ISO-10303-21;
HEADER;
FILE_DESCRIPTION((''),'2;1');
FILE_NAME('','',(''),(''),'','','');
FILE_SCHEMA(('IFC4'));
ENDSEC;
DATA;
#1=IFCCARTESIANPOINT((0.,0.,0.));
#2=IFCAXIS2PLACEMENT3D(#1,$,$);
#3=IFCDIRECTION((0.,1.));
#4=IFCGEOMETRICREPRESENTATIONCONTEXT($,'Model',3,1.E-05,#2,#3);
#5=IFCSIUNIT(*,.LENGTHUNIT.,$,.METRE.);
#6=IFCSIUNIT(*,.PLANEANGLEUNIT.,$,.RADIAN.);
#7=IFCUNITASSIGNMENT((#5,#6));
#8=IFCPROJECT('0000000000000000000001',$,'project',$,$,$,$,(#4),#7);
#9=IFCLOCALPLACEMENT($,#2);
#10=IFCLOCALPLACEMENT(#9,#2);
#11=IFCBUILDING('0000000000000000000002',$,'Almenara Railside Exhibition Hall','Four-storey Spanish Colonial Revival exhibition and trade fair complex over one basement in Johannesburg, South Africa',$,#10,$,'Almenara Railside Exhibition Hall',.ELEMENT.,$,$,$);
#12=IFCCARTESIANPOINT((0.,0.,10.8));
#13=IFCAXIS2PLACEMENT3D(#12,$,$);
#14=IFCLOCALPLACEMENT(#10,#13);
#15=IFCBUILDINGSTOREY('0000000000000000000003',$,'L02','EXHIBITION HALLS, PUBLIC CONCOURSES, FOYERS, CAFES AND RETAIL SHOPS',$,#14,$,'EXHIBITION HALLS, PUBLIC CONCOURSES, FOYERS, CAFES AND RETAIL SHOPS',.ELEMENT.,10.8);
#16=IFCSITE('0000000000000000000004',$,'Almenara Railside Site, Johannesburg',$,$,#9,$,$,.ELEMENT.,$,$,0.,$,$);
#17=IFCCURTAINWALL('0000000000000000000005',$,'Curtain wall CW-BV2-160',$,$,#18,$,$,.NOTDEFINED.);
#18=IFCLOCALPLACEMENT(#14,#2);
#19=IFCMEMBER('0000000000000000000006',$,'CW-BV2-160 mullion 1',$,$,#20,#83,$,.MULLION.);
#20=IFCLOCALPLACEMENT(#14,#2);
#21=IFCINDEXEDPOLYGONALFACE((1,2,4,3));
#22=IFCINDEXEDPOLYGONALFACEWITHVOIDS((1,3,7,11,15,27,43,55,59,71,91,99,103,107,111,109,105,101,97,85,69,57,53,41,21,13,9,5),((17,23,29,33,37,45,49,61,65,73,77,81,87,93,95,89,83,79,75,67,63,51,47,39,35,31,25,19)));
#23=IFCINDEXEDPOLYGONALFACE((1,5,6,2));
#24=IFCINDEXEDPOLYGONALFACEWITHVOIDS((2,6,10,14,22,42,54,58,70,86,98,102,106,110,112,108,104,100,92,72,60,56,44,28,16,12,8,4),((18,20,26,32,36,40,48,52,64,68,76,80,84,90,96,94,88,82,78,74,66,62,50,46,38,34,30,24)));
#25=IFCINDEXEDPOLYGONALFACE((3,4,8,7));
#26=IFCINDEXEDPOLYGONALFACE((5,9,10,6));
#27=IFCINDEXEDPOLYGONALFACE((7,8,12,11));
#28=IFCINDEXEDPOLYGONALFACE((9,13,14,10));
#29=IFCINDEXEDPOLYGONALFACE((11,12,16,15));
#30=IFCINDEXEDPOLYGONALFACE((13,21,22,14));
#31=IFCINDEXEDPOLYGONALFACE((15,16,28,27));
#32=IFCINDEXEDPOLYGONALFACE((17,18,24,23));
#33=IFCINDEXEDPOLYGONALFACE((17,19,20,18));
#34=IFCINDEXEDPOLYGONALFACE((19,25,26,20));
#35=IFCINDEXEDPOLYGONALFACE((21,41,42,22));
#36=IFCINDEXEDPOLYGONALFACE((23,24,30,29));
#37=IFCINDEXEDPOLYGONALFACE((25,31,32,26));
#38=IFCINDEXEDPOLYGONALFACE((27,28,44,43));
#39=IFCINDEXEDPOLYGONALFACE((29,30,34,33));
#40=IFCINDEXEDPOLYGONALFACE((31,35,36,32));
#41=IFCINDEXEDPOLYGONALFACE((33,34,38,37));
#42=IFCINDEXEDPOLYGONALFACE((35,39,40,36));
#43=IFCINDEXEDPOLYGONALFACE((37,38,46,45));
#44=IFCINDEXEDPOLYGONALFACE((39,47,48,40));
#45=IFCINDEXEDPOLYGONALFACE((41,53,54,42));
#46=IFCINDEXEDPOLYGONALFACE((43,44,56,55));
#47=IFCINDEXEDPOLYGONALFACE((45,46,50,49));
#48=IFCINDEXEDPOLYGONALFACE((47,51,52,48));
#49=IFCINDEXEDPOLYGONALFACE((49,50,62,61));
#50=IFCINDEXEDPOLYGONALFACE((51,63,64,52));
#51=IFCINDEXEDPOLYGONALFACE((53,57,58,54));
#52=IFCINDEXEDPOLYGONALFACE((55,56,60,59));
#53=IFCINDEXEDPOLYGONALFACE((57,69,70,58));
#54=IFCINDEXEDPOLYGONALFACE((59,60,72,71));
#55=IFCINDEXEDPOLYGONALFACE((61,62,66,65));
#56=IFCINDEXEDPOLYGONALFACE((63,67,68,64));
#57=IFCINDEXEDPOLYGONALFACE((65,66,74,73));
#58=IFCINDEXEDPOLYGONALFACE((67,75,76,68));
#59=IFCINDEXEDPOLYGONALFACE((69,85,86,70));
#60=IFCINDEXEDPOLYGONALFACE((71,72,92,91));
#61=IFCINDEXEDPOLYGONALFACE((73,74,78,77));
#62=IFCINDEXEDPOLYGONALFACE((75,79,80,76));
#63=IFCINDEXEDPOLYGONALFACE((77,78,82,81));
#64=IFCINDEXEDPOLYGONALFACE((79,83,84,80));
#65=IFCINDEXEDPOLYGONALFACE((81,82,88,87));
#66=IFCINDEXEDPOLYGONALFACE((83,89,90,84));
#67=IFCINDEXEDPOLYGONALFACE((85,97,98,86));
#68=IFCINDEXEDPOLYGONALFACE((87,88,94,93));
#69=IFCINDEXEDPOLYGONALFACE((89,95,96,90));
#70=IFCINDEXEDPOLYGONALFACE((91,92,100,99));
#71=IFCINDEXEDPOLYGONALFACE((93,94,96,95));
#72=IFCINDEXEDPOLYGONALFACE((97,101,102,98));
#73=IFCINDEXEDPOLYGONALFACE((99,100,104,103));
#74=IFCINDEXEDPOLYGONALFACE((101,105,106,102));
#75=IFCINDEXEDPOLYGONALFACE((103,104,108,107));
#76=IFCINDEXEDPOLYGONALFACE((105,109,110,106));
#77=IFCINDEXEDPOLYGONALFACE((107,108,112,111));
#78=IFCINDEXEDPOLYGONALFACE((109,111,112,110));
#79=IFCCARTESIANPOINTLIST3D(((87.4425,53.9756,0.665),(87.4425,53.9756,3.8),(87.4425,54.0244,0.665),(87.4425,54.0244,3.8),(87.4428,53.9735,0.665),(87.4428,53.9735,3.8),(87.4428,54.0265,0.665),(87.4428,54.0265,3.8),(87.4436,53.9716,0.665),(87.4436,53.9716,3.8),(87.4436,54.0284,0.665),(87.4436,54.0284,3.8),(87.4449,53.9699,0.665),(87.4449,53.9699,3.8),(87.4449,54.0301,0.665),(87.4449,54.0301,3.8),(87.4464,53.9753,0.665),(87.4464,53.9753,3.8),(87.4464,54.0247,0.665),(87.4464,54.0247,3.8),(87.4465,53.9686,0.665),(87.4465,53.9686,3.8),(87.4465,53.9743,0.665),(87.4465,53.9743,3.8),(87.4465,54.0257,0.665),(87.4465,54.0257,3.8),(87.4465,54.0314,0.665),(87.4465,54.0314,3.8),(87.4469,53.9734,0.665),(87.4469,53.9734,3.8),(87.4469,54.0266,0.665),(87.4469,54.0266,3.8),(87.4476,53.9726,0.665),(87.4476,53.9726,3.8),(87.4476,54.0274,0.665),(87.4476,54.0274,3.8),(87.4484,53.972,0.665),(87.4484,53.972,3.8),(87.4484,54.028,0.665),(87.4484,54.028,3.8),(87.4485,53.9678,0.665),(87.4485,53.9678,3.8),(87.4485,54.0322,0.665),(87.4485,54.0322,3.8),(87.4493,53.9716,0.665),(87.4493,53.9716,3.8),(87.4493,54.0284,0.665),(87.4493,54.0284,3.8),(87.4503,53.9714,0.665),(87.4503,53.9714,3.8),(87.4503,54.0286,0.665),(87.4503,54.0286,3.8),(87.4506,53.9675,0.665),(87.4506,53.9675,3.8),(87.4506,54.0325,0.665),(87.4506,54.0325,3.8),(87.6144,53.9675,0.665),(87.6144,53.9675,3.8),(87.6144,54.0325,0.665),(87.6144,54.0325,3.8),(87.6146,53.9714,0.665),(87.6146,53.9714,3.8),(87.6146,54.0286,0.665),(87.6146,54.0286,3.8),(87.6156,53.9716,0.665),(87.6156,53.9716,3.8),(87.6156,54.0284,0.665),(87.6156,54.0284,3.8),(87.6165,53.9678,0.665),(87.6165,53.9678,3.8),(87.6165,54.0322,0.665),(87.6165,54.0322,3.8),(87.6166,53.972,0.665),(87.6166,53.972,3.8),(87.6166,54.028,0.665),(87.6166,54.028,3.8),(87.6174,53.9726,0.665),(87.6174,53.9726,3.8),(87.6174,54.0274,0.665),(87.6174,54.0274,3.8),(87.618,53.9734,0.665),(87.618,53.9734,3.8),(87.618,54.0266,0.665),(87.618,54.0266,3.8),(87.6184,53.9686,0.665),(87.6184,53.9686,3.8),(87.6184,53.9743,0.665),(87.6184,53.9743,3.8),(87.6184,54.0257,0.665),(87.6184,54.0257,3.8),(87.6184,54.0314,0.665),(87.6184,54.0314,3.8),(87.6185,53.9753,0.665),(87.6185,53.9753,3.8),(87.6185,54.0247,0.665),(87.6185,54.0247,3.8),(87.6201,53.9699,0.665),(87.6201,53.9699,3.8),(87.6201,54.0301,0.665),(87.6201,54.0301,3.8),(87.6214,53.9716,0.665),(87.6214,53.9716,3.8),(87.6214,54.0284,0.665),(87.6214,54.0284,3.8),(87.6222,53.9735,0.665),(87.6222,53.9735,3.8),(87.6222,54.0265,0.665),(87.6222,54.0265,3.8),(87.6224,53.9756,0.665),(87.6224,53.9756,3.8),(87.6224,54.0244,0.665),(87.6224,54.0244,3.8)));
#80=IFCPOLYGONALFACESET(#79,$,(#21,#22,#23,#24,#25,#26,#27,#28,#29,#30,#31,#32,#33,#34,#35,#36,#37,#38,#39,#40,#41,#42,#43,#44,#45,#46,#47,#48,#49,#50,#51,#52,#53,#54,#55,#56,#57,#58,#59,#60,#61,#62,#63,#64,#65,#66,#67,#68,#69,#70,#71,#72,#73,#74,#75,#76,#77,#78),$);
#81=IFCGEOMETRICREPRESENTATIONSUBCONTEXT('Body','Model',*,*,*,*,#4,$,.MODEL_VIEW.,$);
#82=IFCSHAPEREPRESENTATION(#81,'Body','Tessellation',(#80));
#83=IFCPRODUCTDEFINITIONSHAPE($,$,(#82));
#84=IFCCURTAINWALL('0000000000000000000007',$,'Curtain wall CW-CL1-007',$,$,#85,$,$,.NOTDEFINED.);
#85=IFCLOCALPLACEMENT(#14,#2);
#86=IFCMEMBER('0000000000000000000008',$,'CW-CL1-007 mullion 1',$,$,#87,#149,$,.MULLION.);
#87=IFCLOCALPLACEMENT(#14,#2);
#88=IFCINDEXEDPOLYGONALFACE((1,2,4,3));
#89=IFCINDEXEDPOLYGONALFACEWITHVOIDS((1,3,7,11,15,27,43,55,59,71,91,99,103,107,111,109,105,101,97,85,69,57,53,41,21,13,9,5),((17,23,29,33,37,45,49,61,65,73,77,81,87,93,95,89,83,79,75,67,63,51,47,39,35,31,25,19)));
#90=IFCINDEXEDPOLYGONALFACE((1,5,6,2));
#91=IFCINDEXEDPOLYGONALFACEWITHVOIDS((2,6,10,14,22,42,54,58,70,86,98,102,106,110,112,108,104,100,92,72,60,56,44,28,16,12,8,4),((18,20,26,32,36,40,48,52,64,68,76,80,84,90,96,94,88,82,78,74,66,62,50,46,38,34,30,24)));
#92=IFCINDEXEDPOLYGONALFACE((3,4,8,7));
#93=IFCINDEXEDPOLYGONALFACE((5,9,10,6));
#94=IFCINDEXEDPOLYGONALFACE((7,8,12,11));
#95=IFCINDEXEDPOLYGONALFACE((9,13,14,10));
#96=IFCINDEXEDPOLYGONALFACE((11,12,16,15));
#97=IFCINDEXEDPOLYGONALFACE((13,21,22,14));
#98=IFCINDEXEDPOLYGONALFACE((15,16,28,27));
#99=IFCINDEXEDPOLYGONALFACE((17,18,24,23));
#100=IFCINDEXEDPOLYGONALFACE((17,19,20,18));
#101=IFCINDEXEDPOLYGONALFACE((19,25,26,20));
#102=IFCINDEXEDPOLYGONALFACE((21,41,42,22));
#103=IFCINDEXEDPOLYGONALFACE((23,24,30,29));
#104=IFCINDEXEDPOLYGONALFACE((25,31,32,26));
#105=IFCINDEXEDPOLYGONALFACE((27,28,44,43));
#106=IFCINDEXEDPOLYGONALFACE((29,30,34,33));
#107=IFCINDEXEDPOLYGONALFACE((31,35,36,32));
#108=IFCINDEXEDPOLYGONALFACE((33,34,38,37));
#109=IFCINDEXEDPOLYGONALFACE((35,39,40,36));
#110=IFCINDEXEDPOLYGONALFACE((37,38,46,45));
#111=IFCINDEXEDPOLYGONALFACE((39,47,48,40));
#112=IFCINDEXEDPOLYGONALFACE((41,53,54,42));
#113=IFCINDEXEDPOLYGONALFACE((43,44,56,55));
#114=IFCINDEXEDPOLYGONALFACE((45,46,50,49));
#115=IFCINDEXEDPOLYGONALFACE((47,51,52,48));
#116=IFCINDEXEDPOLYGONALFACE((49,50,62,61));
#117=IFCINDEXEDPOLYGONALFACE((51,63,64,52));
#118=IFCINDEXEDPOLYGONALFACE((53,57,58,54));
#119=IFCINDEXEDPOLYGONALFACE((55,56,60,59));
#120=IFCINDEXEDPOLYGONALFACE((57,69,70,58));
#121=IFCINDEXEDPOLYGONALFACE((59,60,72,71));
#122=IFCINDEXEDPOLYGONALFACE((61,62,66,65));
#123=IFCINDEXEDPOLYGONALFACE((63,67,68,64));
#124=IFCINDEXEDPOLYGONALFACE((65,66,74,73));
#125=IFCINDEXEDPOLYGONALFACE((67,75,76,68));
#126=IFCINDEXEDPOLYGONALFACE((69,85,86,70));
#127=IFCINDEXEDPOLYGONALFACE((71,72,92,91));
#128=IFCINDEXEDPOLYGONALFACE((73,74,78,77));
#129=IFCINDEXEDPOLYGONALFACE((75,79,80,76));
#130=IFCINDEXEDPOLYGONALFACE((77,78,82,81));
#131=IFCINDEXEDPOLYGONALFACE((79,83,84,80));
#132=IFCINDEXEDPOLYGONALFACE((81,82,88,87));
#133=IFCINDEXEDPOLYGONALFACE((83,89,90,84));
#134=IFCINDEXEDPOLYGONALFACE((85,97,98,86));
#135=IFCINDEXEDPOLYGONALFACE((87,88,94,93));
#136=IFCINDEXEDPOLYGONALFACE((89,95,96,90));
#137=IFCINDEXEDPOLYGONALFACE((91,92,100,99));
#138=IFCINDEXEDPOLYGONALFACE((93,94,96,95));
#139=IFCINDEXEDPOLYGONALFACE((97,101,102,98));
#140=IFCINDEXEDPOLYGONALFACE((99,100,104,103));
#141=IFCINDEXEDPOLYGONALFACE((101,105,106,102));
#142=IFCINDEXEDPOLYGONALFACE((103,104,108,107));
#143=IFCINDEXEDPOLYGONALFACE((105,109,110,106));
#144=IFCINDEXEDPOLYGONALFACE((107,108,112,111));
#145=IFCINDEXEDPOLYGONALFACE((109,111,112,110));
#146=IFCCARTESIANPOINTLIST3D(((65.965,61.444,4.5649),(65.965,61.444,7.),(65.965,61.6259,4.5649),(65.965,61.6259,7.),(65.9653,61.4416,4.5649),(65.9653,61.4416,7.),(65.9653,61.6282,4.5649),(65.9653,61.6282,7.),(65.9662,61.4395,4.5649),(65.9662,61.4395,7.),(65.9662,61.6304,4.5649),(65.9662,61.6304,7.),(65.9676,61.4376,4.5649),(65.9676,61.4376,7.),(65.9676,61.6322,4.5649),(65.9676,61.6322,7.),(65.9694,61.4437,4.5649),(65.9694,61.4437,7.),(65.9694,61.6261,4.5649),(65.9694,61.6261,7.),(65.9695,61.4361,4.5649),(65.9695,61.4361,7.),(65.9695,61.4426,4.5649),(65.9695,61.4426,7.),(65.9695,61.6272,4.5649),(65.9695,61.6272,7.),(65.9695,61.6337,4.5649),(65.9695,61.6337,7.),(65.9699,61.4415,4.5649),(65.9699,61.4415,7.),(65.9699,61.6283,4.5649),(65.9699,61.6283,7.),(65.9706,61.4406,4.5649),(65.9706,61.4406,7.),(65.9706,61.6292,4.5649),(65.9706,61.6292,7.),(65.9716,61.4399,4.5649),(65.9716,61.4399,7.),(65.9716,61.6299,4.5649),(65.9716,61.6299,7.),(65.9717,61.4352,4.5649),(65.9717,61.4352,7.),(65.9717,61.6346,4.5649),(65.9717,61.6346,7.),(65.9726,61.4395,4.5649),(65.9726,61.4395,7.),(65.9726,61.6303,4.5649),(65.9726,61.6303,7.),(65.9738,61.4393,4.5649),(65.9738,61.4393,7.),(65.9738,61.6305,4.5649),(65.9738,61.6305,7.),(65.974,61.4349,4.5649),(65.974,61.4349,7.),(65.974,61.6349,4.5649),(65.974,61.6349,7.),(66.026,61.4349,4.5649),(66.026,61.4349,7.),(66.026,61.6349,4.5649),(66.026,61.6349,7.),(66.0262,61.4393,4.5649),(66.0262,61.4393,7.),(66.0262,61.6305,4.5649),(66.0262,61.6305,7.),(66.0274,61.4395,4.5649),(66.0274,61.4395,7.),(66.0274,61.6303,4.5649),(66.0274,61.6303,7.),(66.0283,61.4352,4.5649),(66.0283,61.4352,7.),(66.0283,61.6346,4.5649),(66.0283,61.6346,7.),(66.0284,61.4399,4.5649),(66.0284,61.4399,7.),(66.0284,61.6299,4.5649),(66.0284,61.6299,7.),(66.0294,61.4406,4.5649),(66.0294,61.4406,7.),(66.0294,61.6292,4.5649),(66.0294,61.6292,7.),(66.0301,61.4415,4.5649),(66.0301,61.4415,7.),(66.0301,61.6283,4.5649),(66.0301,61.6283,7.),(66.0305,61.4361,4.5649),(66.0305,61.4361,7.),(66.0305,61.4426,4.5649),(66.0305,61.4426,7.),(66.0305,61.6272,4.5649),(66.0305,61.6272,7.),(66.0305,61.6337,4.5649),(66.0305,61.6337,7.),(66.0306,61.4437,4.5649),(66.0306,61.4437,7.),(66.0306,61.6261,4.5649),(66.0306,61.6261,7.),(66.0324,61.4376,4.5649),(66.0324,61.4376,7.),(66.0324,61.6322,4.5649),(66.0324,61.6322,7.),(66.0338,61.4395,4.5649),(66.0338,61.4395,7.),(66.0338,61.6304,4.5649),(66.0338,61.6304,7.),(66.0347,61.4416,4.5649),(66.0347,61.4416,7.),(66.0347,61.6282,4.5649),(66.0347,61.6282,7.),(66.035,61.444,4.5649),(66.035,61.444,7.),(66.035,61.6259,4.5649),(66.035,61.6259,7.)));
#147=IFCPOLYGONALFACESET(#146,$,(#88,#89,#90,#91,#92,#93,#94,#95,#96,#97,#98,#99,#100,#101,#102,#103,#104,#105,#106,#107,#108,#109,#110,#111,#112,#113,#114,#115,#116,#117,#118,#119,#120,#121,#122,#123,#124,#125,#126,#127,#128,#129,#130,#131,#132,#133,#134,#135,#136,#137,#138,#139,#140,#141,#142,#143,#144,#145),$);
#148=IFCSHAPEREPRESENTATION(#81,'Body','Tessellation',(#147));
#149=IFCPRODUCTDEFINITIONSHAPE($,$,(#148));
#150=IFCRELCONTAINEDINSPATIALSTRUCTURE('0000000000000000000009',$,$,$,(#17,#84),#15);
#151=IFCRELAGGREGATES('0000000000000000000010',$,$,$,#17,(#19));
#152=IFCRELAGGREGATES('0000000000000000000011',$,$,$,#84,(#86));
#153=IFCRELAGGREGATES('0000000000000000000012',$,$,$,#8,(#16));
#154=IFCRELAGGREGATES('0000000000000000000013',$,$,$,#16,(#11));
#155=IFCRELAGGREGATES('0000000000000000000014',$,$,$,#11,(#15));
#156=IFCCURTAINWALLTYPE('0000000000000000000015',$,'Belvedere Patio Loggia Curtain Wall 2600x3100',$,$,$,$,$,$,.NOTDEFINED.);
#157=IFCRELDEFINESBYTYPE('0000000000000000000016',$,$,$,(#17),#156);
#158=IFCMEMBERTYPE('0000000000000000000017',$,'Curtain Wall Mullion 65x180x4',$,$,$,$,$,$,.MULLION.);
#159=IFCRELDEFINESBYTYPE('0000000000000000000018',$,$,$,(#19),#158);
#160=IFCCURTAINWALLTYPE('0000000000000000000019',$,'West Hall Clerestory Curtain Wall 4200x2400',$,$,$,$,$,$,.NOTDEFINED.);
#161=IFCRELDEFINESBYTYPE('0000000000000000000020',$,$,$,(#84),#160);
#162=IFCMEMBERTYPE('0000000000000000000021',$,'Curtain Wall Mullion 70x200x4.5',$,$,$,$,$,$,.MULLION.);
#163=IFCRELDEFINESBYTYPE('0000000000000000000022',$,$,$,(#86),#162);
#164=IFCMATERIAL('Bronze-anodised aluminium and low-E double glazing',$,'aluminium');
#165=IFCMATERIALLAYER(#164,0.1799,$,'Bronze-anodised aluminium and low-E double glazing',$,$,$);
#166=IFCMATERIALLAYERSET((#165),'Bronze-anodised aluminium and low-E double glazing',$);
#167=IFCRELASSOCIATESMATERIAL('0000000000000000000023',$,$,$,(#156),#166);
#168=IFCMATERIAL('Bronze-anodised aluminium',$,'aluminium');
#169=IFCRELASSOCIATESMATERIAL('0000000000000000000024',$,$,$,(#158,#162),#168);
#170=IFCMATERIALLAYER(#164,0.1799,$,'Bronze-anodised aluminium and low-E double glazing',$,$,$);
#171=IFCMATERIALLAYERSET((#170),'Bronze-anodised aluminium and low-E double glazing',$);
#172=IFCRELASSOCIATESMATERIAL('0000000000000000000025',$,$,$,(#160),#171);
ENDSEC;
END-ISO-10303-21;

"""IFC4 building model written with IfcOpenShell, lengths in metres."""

from ifc_helpers import new_model, si_unit, direction, frame, origin, origin_2d, place, context, subcontext, project, spatial, hollow_rectangle, extrude, material, layer, layer_set, material_profile, profile_set, type_object, element, aggregate, save


model = new_model("IFC4")

# Units and contexts
model_context = context("Model", 3, precision=1e-05, world=origin(), true_north=direction((0.0, 1.0)))
body_context = subcontext(model_context, "Body", "Model", "MODEL_VIEW")
ifc_project = project(units=[si_unit("LENGTHUNIT", "METRE"), si_unit("PLANEANGLEUNIT", "RADIAN")], contexts=[model_context])

# Site, building, storey
site_placement = place(None, origin())
site = spatial("IfcSite", under=ifc_project, at=site_placement, Name="Almenara Railside Site, Johannesburg", CompositionType="ELEMENT", RefElevation=0.0)
building_placement = place(site_placement, origin())
building = spatial("IfcBuilding", under=site, at=building_placement, Name="Almenara Railside Exhibition Hall", Description="Four-storey Spanish Colonial Revival exhibition and trade fair complex over one basement in Johannesburg, South Africa", LongName="Almenara Railside Exhibition Hall", CompositionType="ELEMENT")
storey_placement = place(building_placement, frame((0.0, 0.0, 10.8)))
storey = spatial("IfcBuildingStorey", under=building, at=storey_placement, Name="L02", Description="EXHIBITION HALLS, PUBLIC CONCOURSES, FOYERS, CAFES AND RETAIL SHOPS", LongName="EXHIBITION HALLS, PUBLIC CONCOURSES, FOYERS, CAFES AND RETAIL SHOPS", CompositionType="ELEMENT", Elevation=10.8)

# Curtain wall, member
ifc_material_1 = material(Name="Bronze-anodised aluminium and low-E double glazing", Category="aluminium")
ifc_layer_1 = layer(ifc_material_1, 0.1799, Name="Bronze-anodised aluminium and low-E double glazing")
ifc_layer_set_1 = layer_set([ifc_layer_1], Name="Bronze-anodised aluminium and low-E double glazing")
curtain_wall_type_1 = type_object("IfcCurtainWallType", Name="Belvedere Patio Loggia Curtain Wall 2600x3100", PredefinedType="NOTDEFINED", material=ifc_layer_set_1)
curtain_wall_1_placement = place(storey_placement, origin())
curtain_wall_1 = element("IfcCurtainWall", 1, at=curtain_wall_1_placement, inside=storey, type_object=curtain_wall_type_1, Name="Curtain wall CW-BV2-160", PredefinedType="NOTDEFINED")
ifc_material_2 = material(Name="Bronze-anodised aluminium", Category="aluminium")
ifc_material_profile_1 = material_profile(ifc_material_2, hollow_rectangle(XDim=0.0649, YDim=0.1799, WallThickness=0.0039, InnerFilletRadius=0.0039, OuterFilletRadius=0.0081, at=origin_2d()), Name="ALU-MUL 65x180x4")
ifc_profile_set_1 = profile_set([ifc_material_profile_1], Name="Bronze-anodised aluminium")
member_type_1 = type_object("IfcMemberType", Name="Curtain Wall Mullion 65x180x4", PredefinedType="MULLION", material=ifc_profile_set_1)
member_1_placement = place(storey_placement, frame((87.5325, 54.0, 0.665), z_axis=(0.0, 0.0, 1.0), x_axis=(0.0, 1.0, 0.0)))
member_1 = element("IfcMember", 2, at=member_1_placement, type_object=member_type_1, Name="CW-BV2-160 mullion 1", PredefinedType="MULLION", context=body_context, shape_type="SweptSolid", body=[
    extrude(hollow_rectangle(XDim=0.0649, YDim=0.1799, WallThickness=0.0039, InnerFilletRadius=0.0039, OuterFilletRadius=0.0081, at=origin_2d()), origin(), (0.0, 0.0, 1.0), 3.135),
])

# Curtain wall, member
ifc_layer_2 = layer(ifc_material_1, 0.1799, Name="Bronze-anodised aluminium and low-E double glazing")
ifc_layer_set_2 = layer_set([ifc_layer_2], Name="Bronze-anodised aluminium and low-E double glazing")
curtain_wall_type_2 = type_object("IfcCurtainWallType", Name="West Hall Clerestory Curtain Wall 4200x2400", PredefinedType="NOTDEFINED", material=ifc_layer_set_2)
curtain_wall_2_placement = place(storey_placement, origin())
curtain_wall_2 = element("IfcCurtainWall", 3, at=curtain_wall_2_placement, inside=storey, type_object=curtain_wall_type_2, Name="Curtain wall CW-CL1-007", PredefinedType="NOTDEFINED")
ifc_material_profile_2 = material_profile(ifc_material_2, hollow_rectangle(XDim=0.0701, YDim=0.2, WallThickness=0.0044, InnerFilletRadius=0.0044, OuterFilletRadius=0.009, at=origin_2d()), Name="ALU-MUL 70x200x4.5")
ifc_profile_set_2 = profile_set([ifc_material_profile_2], Name="Bronze-anodised aluminium")
member_type_2 = type_object("IfcMemberType", Name="Curtain Wall Mullion 70x200x4.5", PredefinedType="MULLION", material=ifc_profile_set_2)
member_2_placement = place(storey_placement, frame((66.0, 61.5349, 4.5649), z_axis=(0.0, 0.0, 1.0), x_axis=(-1.0, 0.0, 0.0)))
member_2 = element("IfcMember", 4, at=member_2_placement, type_object=member_type_2, Name="CW-CL1-007 mullion 1", PredefinedType="MULLION", context=body_context, shape_type="SweptSolid", body=[
    extrude(hollow_rectangle(XDim=0.0701, YDim=0.2, WallThickness=0.0044, InnerFilletRadius=0.0044, OuterFilletRadius=0.009, at=origin_2d()), origin(), (0.0, 0.0, 1.0), 2.4351),
])

aggregate(curtain_wall_1, [member_1])
aggregate(curtain_wall_2, [member_2])

save(model, "model.ifc")
